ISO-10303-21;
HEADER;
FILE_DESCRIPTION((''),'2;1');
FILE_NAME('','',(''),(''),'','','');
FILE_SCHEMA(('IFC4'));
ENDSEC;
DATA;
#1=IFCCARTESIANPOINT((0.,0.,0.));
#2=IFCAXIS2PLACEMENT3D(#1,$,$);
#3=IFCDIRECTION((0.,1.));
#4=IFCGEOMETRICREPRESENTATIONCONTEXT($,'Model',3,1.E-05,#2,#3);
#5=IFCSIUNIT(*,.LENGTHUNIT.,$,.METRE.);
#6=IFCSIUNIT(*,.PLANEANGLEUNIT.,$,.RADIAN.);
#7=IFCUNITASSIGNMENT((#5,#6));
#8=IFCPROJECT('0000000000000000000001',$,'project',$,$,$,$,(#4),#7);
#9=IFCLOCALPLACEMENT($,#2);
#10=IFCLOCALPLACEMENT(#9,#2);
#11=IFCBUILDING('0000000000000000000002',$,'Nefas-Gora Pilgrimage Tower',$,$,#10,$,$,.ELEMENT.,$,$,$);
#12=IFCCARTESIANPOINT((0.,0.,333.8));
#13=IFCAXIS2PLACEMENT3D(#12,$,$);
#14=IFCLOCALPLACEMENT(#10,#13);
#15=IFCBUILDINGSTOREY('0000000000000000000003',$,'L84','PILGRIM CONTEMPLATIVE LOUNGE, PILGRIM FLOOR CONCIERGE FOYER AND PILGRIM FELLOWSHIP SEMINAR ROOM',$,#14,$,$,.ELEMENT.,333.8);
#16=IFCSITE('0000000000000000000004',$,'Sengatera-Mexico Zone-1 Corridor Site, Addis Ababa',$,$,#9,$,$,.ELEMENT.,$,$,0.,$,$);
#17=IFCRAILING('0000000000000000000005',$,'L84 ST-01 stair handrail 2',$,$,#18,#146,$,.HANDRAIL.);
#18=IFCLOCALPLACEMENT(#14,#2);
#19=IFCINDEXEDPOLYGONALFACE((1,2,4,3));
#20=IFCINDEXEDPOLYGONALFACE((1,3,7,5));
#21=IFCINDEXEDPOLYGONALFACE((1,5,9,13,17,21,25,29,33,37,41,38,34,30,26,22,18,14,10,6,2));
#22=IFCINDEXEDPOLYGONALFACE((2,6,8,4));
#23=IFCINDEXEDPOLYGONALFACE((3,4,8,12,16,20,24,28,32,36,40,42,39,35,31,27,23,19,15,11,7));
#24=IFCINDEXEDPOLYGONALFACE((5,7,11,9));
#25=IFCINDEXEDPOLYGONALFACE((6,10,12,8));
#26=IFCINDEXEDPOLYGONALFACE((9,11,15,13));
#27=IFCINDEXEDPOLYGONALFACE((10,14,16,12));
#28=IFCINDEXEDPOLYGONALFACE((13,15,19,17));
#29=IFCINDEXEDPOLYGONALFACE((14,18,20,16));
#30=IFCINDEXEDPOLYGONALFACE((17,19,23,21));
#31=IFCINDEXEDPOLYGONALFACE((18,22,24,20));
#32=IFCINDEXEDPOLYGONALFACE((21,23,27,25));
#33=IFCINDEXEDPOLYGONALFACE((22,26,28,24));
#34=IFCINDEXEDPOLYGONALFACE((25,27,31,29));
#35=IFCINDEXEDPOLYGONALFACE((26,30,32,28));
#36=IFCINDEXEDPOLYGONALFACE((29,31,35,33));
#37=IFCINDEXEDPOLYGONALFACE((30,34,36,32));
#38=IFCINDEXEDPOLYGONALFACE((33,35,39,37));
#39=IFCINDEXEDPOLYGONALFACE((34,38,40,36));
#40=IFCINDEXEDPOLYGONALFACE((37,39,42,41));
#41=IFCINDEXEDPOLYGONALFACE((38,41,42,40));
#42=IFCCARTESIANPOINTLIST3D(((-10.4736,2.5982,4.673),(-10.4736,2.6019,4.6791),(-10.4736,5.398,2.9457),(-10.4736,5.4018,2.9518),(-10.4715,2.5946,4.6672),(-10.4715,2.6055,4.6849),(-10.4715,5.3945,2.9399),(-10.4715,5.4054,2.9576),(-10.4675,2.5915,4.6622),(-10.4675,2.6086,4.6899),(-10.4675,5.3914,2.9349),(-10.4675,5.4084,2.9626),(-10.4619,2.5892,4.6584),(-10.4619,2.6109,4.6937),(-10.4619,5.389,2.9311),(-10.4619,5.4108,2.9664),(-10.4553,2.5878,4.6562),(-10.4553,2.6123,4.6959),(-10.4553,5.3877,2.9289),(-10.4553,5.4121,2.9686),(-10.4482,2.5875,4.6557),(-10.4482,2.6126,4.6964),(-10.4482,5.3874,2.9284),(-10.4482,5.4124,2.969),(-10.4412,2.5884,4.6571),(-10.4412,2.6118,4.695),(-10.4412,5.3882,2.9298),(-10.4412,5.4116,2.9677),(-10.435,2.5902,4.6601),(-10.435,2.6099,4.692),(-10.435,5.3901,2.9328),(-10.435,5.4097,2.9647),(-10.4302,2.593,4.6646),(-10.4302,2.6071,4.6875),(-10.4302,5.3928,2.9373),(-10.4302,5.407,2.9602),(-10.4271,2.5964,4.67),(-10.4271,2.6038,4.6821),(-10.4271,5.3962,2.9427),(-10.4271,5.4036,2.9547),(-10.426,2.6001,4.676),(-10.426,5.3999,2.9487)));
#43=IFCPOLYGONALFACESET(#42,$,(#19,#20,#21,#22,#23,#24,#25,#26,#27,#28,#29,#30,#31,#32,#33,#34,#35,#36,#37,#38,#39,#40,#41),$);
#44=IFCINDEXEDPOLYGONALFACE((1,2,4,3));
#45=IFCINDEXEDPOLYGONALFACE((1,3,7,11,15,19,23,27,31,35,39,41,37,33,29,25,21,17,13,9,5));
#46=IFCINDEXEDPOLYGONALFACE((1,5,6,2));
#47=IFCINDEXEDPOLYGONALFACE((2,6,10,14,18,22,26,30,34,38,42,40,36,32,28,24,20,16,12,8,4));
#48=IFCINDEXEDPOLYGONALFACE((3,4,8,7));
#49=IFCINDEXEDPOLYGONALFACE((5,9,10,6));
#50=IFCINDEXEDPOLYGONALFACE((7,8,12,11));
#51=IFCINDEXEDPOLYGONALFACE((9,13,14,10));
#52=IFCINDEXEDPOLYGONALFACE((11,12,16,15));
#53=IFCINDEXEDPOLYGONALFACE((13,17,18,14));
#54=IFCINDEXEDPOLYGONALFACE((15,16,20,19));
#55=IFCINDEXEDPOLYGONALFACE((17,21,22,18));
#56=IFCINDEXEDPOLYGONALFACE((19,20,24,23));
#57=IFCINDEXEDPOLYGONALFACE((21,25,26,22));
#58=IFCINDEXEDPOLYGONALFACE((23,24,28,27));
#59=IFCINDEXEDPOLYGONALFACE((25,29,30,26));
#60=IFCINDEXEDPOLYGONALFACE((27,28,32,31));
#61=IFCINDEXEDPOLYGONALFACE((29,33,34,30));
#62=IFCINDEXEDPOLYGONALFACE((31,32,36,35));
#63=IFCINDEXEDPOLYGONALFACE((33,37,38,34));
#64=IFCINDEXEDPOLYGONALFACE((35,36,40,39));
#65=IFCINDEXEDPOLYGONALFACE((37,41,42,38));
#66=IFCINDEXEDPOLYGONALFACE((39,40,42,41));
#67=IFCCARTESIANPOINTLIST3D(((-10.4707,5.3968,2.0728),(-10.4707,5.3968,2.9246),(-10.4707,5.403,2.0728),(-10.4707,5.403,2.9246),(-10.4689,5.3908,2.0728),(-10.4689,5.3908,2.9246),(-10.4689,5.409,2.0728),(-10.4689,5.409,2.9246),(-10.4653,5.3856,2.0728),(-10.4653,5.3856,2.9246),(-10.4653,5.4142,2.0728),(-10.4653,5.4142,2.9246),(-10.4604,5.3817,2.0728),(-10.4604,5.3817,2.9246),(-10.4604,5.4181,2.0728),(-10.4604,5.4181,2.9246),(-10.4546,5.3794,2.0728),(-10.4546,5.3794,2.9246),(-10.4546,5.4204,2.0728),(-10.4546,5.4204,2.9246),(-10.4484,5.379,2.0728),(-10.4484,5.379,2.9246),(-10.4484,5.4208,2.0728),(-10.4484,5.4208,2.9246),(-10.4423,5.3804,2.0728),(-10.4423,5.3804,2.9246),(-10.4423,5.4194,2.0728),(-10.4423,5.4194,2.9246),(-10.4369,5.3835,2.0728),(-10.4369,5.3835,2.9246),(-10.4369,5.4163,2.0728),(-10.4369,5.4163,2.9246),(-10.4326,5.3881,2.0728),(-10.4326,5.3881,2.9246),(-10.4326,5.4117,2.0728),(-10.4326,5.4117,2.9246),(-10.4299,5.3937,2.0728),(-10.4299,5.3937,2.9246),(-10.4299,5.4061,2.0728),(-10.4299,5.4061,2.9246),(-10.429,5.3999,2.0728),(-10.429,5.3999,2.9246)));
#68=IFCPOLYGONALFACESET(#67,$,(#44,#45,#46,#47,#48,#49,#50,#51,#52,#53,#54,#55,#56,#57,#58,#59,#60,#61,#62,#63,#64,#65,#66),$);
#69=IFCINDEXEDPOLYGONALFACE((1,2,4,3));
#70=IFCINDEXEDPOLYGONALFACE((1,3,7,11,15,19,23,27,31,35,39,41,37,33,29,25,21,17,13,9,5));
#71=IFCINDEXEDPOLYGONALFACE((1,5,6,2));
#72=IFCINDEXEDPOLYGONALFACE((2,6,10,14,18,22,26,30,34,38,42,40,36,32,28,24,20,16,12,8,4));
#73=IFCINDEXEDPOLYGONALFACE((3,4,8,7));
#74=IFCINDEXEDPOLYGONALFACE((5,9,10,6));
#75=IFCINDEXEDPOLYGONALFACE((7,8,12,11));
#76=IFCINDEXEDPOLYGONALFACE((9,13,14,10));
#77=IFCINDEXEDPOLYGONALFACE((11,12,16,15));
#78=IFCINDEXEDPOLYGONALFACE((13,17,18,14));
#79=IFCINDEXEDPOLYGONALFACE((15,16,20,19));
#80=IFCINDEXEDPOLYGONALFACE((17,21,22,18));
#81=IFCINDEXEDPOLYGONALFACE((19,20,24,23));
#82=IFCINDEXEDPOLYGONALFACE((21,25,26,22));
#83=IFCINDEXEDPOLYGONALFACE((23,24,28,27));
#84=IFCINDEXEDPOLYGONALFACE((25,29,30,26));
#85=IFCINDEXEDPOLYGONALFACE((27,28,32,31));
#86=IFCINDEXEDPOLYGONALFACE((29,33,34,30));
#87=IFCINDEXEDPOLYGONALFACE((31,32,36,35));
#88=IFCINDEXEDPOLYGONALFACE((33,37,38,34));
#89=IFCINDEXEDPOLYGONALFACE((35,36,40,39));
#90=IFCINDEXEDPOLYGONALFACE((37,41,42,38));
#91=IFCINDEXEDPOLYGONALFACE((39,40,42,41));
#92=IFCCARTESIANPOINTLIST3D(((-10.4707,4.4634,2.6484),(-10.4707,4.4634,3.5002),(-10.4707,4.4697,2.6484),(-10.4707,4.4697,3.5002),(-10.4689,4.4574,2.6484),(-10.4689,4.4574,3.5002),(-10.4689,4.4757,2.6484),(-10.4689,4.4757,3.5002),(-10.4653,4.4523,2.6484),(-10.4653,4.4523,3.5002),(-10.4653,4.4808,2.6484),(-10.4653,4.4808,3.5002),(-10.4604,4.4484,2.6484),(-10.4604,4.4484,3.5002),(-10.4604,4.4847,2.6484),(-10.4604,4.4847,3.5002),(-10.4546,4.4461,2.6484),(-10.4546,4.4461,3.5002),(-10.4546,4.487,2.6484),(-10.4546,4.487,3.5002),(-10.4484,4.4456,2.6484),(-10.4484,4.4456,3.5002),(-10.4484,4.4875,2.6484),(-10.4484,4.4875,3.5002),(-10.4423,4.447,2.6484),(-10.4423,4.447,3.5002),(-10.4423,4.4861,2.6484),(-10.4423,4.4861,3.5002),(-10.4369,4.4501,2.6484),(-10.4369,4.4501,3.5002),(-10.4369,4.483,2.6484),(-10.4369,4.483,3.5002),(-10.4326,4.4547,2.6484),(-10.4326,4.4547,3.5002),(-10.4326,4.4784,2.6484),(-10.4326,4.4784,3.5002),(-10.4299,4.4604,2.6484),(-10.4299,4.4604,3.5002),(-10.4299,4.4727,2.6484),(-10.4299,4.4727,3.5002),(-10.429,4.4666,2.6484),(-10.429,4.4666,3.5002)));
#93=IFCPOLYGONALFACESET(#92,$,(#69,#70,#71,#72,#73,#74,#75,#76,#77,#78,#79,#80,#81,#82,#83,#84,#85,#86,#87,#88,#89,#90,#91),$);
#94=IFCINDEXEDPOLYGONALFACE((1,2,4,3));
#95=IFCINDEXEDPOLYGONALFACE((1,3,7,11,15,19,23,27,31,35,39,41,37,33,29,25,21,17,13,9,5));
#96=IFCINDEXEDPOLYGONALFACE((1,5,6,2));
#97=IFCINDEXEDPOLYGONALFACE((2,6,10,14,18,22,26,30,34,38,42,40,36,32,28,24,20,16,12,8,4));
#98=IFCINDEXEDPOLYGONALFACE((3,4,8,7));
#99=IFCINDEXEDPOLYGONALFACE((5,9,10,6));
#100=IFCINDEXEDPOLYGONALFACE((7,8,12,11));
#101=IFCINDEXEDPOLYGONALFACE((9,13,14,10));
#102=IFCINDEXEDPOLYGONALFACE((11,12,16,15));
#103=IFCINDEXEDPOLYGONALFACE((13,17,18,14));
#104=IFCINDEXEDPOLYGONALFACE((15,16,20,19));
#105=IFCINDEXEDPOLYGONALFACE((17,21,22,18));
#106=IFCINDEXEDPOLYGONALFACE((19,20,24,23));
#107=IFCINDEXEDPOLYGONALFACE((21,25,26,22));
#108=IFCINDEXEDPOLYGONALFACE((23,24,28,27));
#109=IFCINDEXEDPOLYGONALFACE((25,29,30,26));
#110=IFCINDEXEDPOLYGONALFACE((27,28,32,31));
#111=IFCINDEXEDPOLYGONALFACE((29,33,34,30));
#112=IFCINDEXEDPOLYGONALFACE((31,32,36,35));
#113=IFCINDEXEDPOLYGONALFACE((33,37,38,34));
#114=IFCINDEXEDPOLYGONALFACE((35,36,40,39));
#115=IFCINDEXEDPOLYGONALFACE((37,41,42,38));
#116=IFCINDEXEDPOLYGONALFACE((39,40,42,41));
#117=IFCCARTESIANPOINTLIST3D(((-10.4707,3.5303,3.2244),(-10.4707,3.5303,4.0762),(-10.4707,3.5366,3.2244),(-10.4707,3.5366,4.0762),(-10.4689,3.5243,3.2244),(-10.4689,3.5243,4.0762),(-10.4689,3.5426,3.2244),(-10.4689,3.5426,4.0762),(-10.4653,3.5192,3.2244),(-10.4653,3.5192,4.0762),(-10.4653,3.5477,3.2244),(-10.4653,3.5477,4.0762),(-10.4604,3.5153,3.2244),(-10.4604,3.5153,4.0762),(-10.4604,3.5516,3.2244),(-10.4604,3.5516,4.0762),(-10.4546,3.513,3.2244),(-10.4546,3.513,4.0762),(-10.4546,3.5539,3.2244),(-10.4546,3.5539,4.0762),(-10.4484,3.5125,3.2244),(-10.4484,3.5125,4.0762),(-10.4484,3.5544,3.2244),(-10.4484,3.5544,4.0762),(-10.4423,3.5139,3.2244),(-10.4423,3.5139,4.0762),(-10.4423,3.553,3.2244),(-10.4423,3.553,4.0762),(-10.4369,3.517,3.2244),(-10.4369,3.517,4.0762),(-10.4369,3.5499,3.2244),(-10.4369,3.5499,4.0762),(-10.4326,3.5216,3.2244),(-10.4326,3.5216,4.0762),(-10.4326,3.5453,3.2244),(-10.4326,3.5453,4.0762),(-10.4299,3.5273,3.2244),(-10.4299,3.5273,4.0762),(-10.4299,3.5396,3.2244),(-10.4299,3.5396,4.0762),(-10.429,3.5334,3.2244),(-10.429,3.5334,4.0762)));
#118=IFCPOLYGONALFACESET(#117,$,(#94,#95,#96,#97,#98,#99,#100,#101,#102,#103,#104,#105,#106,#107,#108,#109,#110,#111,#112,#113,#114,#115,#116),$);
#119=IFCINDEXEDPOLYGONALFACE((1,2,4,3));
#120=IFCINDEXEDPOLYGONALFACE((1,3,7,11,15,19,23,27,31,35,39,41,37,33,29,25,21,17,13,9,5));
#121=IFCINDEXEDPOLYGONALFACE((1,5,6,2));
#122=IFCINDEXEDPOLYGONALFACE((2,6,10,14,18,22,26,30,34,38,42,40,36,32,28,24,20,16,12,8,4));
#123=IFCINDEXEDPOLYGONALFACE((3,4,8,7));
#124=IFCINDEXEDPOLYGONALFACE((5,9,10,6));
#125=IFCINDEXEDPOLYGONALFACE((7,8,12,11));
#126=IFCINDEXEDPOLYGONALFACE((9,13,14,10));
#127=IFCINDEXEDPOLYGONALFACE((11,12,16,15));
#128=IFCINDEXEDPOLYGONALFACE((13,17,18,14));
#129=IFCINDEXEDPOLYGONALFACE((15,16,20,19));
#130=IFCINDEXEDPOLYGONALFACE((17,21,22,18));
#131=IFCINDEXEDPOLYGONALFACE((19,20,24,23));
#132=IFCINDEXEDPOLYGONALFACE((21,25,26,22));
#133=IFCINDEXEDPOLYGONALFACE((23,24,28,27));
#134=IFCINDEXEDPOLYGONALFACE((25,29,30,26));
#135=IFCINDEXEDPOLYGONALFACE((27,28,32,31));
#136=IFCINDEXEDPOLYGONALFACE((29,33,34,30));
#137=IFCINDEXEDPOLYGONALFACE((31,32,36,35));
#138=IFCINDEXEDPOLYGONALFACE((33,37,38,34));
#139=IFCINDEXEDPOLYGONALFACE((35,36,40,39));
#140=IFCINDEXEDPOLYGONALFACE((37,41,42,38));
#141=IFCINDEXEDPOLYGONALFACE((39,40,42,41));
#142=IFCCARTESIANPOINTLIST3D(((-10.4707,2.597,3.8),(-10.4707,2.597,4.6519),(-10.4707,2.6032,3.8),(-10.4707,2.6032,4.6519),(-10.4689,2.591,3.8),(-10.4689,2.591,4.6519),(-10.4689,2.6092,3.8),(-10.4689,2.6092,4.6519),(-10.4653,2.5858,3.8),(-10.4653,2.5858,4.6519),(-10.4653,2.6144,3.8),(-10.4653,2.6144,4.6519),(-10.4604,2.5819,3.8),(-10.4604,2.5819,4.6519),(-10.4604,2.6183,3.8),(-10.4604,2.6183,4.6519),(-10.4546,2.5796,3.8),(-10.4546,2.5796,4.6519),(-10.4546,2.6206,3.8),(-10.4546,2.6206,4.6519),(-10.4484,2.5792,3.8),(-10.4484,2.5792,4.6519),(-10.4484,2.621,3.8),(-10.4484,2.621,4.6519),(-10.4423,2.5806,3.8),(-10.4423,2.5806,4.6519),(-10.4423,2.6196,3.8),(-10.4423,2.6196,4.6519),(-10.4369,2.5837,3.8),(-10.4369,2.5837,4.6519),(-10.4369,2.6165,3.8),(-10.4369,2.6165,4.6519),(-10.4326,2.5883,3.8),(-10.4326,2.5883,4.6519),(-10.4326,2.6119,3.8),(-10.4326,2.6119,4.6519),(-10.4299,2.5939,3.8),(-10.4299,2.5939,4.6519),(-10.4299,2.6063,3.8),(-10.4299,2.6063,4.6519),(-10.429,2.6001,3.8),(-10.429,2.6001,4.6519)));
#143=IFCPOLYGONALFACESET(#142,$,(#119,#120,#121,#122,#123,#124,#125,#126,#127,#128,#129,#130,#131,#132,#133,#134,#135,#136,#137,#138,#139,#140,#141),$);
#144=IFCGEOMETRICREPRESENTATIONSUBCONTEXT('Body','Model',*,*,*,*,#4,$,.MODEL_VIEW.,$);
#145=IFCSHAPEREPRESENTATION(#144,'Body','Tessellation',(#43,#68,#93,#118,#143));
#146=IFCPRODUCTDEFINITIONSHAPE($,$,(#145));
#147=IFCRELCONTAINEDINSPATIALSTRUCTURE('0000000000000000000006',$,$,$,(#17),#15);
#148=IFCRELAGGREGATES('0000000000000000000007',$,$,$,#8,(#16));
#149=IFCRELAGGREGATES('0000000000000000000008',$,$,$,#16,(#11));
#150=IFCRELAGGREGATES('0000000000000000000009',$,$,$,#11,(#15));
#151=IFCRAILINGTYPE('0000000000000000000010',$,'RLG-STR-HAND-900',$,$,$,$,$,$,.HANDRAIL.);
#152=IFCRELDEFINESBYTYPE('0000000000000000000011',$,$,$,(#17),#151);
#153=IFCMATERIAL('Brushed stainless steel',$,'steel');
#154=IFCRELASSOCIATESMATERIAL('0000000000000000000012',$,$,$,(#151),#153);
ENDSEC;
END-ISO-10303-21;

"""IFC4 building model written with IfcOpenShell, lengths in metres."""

from ifc_helpers import new_model, si_unit, direction, frame, origin, origin_2d, place, context, subcontext, project, spatial, circle, extrude, material, type_object, element, save


model = new_model("IFC4")

# Units and contexts
model_context = context("Model", 3, precision=1e-05, world=origin(), true_north=direction((0.0, 1.0)))
body_context = subcontext(model_context, "Body", "Model", "MODEL_VIEW")
ifc_project = project(units=[si_unit("LENGTHUNIT", "METRE"), si_unit("PLANEANGLEUNIT", "RADIAN")], contexts=[model_context])

# Site, building, storey
site_placement = place(None, origin())
site = spatial("IfcSite", under=ifc_project, at=site_placement, Name="Sengatera-Mexico Zone-1 Corridor Site, Addis Ababa", CompositionType="ELEMENT", RefElevation=0.0)
building_placement = place(site_placement, origin())
building = spatial("IfcBuilding", under=site, at=building_placement, Name="Nefas-Gora Pilgrimage Tower", CompositionType="ELEMENT")
storey_placement = place(building_placement, frame((0.0, 0.0, 333.8)))
storey = spatial("IfcBuildingStorey", under=building, at=storey_placement, Name="L84", Description="PILGRIM CONTEMPLATIVE LOUNGE, PILGRIM FLOOR CONCIERGE FOYER AND PILGRIM FELLOWSHIP SEMINAR ROOM", CompositionType="ELEMENT", Elevation=333.8)

# Railing
ifc_material_1 = material(Name="Brushed stainless steel", Category="steel")
railing_type_1 = type_object("IfcRailingType", Name="RLG-STR-HAND-900", PredefinedType="HANDRAIL", material=ifc_material_1)
railing_1_placement = place(storey_placement, frame((-10.45, 5.3999, 2.0728)))
element("IfcRailing", 1, at=railing_1_placement, inside=storey, type_object=railing_type_1, Name="L84 ST-01 stair handrail 2", PredefinedType="HANDRAIL", context=body_context, shape_type="SweptSolid", body=[
    extrude(circle(Radius=0.0239, at=origin_2d()), frame((0.0, 0.0, 0.876), z_axis=(0.0, -0.851069, 0.525054), x_axis=(1.0, 0.0, 0.0)), (0.0, 0.0, 1.0), 3.2898),
    extrude(circle(Radius=0.021, at=origin_2d()), origin(), (0.0, 0.0, 1.0), 0.8518),
    extrude(circle(Radius=0.021, at=origin_2d()), frame((0.0, -0.9333, 0.5757)), (0.0, 0.0, 1.0), 0.8518),
    extrude(circle(Radius=0.021, at=origin_2d()), frame((0.0, -1.8665, 1.1516)), (0.0, 0.0, 1.0), 0.8518),
    extrude(circle(Radius=0.021, at=origin_2d()), frame((0.0, -2.7998, 1.7273)), (0.0, 0.0, 1.0), 0.8518),
])

save(model, "model.ifc")
